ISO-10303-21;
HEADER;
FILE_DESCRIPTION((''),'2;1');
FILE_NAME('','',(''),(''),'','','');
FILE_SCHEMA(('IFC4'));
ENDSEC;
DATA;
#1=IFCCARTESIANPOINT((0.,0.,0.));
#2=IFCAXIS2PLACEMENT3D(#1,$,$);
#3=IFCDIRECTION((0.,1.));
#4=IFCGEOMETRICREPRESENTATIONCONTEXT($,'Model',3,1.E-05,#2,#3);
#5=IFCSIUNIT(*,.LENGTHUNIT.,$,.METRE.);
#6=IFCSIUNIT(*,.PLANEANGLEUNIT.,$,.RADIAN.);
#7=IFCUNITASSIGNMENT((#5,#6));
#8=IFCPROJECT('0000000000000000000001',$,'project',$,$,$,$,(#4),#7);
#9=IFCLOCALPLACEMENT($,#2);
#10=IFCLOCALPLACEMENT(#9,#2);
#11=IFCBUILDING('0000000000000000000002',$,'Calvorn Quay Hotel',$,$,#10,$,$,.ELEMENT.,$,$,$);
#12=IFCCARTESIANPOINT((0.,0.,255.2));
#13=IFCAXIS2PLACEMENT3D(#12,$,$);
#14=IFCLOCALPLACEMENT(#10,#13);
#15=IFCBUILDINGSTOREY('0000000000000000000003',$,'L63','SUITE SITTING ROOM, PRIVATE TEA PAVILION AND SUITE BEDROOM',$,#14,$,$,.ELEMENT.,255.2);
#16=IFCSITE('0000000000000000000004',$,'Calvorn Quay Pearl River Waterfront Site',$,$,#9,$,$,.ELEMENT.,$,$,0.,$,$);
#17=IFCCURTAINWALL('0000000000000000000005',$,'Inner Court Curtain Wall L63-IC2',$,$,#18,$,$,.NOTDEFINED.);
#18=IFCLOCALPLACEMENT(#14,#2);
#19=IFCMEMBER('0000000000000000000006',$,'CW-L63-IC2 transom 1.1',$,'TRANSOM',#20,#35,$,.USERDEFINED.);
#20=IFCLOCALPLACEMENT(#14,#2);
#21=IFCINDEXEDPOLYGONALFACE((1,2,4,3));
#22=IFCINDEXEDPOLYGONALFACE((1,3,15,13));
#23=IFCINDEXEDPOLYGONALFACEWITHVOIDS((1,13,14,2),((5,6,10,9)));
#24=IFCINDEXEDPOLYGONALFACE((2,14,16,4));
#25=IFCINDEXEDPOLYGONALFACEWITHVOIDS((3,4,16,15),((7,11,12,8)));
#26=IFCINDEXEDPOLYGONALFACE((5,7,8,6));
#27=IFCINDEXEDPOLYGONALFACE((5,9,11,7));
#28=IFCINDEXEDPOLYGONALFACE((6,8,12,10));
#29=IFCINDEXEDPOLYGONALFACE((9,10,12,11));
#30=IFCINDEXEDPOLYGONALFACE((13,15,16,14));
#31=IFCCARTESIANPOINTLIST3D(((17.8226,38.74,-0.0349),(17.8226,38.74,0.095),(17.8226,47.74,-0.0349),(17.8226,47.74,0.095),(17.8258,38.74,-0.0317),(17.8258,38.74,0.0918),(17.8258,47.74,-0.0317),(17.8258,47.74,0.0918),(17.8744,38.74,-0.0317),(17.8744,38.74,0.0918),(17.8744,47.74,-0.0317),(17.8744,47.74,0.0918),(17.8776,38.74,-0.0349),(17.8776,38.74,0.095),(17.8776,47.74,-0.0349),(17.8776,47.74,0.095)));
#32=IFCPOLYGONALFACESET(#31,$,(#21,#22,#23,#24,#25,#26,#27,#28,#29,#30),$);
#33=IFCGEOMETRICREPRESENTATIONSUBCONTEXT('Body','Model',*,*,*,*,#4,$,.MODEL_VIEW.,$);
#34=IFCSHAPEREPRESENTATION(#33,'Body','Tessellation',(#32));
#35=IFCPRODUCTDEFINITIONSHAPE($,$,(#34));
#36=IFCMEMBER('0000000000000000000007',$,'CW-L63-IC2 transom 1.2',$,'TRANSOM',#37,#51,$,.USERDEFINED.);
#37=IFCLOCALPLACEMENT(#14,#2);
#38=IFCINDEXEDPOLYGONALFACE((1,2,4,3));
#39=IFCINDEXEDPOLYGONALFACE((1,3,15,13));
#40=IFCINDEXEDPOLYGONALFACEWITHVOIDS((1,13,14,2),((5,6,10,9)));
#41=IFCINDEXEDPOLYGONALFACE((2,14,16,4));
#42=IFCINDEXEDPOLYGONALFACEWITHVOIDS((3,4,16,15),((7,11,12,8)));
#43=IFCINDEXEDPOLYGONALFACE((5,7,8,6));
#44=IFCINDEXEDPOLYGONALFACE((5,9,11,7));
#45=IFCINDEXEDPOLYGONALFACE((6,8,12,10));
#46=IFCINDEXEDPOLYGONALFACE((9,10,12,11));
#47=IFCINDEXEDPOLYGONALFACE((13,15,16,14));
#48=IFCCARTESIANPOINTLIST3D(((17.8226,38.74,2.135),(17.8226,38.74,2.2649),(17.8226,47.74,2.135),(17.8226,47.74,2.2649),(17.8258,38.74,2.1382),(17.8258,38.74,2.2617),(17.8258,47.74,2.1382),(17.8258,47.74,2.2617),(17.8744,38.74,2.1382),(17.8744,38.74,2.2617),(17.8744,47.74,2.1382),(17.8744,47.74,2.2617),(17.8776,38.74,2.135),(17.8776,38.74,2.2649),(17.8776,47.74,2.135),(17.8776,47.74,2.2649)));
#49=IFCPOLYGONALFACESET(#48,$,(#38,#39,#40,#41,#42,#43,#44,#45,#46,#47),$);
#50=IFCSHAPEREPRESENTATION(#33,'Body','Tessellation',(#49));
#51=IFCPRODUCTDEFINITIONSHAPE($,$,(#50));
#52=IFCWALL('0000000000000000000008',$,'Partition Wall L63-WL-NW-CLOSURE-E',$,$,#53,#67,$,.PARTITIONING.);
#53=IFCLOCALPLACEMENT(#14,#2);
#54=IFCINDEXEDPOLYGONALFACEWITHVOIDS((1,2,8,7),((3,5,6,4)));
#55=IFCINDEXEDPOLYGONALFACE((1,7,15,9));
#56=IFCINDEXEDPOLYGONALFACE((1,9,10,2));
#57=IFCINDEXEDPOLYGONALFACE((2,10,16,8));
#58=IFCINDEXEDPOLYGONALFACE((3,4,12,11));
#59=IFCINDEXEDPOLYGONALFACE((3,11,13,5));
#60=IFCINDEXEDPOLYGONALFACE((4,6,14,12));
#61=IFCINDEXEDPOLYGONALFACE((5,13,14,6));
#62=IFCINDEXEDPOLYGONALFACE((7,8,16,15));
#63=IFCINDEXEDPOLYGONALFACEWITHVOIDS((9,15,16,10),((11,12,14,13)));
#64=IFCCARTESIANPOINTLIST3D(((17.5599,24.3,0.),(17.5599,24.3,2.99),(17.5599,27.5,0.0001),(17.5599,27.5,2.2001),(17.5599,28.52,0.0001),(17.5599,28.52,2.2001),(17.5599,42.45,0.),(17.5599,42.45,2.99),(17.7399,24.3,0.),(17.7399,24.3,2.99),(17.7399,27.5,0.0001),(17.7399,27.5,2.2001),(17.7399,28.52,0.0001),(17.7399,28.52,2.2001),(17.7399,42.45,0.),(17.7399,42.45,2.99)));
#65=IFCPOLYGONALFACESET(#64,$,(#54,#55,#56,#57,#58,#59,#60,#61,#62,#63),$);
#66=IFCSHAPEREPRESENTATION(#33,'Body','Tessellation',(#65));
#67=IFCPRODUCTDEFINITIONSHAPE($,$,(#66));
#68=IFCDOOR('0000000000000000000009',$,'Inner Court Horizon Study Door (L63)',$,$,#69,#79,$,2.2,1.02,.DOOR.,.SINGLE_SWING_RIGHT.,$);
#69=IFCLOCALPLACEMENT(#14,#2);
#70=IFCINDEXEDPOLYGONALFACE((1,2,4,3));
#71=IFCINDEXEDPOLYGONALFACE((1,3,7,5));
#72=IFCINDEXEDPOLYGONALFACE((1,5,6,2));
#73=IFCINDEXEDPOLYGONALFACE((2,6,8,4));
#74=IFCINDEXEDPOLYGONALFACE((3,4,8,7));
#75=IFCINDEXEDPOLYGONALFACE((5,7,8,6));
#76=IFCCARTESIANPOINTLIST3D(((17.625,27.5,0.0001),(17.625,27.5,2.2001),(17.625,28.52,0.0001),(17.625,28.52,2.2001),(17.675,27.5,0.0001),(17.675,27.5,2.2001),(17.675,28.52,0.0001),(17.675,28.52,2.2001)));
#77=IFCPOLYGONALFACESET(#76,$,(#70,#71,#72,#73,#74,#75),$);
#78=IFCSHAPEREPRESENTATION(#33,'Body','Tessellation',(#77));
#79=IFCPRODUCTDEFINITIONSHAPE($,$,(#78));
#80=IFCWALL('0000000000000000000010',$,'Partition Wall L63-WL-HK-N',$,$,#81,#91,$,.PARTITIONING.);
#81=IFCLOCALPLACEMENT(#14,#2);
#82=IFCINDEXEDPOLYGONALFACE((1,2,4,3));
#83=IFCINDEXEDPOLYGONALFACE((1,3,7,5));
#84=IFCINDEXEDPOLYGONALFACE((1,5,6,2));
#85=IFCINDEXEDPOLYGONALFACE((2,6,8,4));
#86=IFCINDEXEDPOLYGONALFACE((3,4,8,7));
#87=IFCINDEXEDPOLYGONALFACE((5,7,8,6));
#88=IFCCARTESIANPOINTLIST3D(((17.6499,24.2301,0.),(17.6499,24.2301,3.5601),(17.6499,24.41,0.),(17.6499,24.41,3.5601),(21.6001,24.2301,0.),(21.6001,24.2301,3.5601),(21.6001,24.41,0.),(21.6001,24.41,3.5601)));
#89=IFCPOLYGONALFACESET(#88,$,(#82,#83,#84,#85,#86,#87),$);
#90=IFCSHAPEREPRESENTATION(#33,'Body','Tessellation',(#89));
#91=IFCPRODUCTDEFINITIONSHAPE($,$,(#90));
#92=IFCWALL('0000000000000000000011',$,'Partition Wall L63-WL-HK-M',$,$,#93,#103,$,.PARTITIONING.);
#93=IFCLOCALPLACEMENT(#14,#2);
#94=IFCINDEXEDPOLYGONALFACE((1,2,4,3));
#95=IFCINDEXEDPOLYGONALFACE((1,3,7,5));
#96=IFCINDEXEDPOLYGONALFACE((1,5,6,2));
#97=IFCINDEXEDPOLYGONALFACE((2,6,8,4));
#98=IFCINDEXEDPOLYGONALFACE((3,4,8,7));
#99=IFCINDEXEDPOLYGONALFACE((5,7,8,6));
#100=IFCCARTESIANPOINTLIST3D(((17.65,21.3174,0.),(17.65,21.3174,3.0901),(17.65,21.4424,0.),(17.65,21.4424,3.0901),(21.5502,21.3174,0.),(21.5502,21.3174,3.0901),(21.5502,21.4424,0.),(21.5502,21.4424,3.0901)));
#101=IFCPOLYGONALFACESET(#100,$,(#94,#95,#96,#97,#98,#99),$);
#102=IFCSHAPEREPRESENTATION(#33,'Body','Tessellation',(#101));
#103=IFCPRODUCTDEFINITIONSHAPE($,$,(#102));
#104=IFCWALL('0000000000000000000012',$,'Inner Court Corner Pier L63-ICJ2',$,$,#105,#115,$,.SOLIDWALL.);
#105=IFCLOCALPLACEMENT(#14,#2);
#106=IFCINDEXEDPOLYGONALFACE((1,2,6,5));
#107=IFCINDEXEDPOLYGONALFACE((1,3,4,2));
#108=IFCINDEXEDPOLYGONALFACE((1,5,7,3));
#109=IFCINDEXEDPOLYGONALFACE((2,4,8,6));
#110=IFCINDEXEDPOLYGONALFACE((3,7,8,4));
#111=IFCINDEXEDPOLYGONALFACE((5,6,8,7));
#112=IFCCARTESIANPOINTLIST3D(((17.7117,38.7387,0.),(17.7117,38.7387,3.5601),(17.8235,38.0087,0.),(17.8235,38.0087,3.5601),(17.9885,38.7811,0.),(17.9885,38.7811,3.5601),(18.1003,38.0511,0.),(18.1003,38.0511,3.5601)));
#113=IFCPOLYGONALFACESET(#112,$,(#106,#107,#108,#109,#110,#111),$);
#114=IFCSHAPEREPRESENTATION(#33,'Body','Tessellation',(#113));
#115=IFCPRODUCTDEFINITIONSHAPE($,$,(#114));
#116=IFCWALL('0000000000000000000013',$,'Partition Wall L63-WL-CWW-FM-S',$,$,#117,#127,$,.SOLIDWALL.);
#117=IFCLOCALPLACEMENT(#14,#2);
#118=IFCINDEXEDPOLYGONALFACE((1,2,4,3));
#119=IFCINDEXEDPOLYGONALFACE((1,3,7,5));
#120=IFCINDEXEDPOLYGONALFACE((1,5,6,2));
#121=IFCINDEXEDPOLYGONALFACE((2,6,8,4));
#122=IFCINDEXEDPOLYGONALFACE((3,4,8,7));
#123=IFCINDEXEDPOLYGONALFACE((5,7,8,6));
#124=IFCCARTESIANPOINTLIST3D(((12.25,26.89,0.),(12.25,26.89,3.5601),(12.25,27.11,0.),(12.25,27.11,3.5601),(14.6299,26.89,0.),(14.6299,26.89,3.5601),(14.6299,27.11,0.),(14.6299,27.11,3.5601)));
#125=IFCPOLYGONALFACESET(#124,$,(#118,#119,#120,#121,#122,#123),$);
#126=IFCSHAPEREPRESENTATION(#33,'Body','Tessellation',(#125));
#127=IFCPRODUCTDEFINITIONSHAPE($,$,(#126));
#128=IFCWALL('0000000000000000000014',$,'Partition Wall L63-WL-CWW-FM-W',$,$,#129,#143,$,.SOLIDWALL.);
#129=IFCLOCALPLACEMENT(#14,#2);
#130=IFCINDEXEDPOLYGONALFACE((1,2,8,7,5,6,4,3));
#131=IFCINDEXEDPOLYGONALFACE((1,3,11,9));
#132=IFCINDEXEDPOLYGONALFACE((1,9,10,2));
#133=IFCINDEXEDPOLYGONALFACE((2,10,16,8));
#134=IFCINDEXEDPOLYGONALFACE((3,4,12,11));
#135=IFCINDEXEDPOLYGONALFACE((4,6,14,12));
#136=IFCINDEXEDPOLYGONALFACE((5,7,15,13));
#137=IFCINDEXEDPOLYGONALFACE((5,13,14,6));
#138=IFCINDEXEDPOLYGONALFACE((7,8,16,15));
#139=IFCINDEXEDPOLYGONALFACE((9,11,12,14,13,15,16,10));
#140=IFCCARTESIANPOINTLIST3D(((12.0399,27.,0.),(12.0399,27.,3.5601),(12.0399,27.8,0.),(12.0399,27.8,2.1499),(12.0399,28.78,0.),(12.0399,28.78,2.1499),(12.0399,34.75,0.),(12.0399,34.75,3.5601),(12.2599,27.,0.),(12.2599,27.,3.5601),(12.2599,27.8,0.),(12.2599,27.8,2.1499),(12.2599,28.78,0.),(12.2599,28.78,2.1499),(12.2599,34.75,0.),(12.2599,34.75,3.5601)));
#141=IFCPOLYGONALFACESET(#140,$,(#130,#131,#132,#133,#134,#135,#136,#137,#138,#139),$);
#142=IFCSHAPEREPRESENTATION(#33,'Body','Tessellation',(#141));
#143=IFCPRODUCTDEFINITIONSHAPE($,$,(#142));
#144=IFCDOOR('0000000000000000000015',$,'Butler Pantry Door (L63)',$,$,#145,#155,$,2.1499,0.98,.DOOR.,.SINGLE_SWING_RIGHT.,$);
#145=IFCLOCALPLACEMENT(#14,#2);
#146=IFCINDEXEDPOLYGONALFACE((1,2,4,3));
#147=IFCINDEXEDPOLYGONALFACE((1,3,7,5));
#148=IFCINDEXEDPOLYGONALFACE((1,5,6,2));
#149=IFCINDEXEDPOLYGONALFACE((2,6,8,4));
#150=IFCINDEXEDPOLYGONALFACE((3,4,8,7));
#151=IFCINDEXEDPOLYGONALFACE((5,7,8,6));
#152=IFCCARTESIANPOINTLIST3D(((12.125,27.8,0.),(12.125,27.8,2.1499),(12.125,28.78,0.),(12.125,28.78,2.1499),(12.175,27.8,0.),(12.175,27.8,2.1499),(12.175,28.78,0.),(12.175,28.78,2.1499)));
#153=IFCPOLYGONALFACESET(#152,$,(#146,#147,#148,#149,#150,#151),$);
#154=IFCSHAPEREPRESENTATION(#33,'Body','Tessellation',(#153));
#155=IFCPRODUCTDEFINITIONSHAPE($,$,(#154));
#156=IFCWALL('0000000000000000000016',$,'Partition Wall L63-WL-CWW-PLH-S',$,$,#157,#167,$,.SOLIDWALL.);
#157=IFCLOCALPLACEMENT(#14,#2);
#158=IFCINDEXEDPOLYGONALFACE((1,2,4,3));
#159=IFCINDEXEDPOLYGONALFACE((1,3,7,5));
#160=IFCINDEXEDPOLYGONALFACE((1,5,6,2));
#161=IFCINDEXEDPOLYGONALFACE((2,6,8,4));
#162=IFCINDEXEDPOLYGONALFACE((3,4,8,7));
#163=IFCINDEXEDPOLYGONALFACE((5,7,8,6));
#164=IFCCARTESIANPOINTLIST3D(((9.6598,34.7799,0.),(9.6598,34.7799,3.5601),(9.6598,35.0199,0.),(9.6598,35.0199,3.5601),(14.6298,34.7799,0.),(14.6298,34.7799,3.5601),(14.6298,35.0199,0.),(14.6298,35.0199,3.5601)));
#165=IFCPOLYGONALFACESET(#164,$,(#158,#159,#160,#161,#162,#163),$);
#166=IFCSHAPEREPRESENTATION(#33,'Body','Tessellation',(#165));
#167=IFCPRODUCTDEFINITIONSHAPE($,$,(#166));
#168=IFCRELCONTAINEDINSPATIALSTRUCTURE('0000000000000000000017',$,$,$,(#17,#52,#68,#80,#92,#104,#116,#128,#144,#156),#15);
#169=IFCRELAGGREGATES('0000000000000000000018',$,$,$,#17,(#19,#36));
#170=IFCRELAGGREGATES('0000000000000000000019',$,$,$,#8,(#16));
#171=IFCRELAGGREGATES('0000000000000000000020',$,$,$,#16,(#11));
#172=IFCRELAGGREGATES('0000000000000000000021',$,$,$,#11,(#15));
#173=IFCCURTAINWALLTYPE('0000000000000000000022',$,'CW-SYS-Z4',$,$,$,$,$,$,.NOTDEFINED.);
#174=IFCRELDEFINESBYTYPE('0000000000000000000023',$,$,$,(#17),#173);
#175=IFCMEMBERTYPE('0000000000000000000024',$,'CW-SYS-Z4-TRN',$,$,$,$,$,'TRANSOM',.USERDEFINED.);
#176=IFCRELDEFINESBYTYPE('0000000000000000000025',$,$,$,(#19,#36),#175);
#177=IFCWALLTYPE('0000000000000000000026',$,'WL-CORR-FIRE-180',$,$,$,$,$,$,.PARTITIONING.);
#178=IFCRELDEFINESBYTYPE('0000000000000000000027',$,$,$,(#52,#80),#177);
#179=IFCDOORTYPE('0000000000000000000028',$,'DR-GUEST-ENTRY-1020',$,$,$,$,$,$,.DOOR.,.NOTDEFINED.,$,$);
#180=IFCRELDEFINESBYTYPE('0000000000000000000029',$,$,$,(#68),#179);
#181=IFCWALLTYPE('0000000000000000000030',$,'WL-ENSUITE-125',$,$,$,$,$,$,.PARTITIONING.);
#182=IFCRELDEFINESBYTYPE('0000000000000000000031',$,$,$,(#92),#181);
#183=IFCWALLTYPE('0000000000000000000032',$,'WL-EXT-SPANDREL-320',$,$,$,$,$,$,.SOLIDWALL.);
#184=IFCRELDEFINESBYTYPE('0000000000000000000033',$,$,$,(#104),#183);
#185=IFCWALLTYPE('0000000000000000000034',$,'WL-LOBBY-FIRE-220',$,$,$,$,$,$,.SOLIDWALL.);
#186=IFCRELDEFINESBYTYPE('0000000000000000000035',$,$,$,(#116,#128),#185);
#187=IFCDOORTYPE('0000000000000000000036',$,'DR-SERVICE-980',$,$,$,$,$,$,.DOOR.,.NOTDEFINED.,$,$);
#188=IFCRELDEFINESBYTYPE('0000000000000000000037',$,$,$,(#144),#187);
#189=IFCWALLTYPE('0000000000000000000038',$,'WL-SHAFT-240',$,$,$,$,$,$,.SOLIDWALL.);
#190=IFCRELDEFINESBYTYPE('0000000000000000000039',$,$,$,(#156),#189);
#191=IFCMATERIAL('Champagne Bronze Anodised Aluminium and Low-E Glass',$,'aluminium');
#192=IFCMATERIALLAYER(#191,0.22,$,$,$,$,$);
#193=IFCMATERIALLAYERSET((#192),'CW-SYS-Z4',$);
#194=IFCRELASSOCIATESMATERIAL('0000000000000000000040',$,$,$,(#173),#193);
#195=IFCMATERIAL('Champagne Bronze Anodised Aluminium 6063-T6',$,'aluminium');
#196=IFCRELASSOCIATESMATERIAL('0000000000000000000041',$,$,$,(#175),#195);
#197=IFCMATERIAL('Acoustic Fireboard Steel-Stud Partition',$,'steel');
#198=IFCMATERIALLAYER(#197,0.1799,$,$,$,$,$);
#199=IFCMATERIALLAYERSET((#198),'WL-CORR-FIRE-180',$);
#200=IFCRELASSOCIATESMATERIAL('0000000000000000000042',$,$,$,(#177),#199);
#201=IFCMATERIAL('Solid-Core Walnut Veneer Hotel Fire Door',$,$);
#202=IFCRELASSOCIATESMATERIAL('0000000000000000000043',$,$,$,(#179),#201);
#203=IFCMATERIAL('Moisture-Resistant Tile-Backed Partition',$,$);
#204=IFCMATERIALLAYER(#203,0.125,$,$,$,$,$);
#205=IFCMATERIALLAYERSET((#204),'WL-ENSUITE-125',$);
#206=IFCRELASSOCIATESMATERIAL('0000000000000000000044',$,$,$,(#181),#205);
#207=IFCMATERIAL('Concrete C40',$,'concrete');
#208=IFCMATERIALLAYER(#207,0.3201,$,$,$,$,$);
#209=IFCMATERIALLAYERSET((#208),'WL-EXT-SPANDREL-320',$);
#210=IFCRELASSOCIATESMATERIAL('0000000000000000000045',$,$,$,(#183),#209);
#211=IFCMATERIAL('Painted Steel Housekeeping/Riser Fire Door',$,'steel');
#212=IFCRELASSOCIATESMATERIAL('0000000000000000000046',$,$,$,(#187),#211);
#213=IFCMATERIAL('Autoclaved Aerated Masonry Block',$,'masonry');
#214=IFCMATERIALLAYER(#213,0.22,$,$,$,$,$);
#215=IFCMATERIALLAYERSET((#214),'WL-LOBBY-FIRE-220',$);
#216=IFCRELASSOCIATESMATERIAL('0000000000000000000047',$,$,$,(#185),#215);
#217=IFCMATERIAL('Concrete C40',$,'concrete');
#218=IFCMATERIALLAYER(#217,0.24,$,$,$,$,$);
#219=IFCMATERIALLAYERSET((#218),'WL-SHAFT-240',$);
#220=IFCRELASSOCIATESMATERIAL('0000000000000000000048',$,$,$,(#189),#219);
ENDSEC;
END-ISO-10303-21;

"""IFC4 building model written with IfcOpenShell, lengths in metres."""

from ifc_helpers import new_model, si_unit, direction, frame, frame_2d, origin, origin_2d, place, context, subcontext, project, spatial, rectangle, hollow_rectangle, extrude, material, layer, layer_set, material_profile, profile_set, type_object, element, fill, aggregate, save


model = new_model("IFC4")

# Units and contexts
model_context = context("Model", 3, precision=1e-05, world=origin(), true_north=direction((0.0, 1.0)))
body_context = subcontext(model_context, "Body", "Model", "MODEL_VIEW")
ifc_project = project(units=[si_unit("LENGTHUNIT", "METRE"), si_unit("PLANEANGLEUNIT", "RADIAN")], contexts=[model_context])

# Site, building, storey
site_placement = place(None, origin())
site = spatial("IfcSite", under=ifc_project, at=site_placement, Name="Calvorn Quay Pearl River Waterfront Site", CompositionType="ELEMENT", RefElevation=0.0)
building_placement = place(site_placement, origin())
building = spatial("IfcBuilding", under=site, at=building_placement, Name="Calvorn Quay Hotel", CompositionType="ELEMENT")
storey_placement = place(building_placement, frame((0.0, 0.0, 255.2)))
storey = spatial("IfcBuildingStorey", under=building, at=storey_placement, Name="L63", Description="SUITE SITTING ROOM, PRIVATE TEA PAVILION AND SUITE BEDROOM", CompositionType="ELEMENT", Elevation=255.2)

# Shared definitions
ifc_material_1 = material(Name="Champagne Bronze Anodised Aluminium and Low-E Glass", Category="aluminium")
ifc_layer_1 = layer(ifc_material_1, 0.22)
ifc_layer_set_1 = layer_set([ifc_layer_1], Name="CW-SYS-Z4")
curtain_wall_type = type_object("IfcCurtainWallType", Name="CW-SYS-Z4", PredefinedType="NOTDEFINED", material=ifc_layer_set_1)

# Curtain wall, members
curtain_wall_1_placement = place(storey_placement, origin())
curtain_wall_1 = element("IfcCurtainWall", 1, at=curtain_wall_1_placement, inside=storey, type_object=curtain_wall_type, Name="Inner Court Curtain Wall L63-IC2", PredefinedType="NOTDEFINED")
ifc_material_2 = material(Name="Champagne Bronze Anodised Aluminium 6063-T6", Category="aluminium")
ifc_material_profile_1 = material_profile(ifc_material_2, hollow_rectangle(XDim=0.0549, YDim=0.1299, WallThickness=0.0032, at=origin_2d()), Name="ALU-T130x55x3.2")
ifc_profile_set_1 = profile_set([ifc_material_profile_1], Name="Champagne Bronze Anodised Aluminium 6063-T6")
member_type_1 = type_object("IfcMemberType", Name="CW-SYS-Z4-TRN", ElementType="TRANSOM", PredefinedType="USERDEFINED", material=ifc_profile_set_1)
member_1_placement = place(storey_placement, frame((17.8501, 38.74, 0.03), z_axis=(0.0, 1.0, 0.0), x_axis=(-1.0, 0.0, 0.0)))
member_1 = element("IfcMember", 2, at=member_1_placement, type_object=member_type_1, Name="CW-L63-IC2 transom 1.1", ObjectType="TRANSOM", PredefinedType="USERDEFINED", context=body_context, shape_type="SweptSolid", body=[
    extrude(hollow_rectangle(XDim=0.0549, YDim=0.1299, WallThickness=0.0032, at=origin_2d()), origin(), (0.0, 0.0, 1.0), 9.0),
])
member_2_placement = place(storey_placement, frame((17.8501, 38.74, 2.2), z_axis=(0.0, 1.0, 0.0), x_axis=(-1.0, 0.0, 0.0)))
member_2 = element("IfcMember", 3, at=member_2_placement, type_object=member_type_1, Name="CW-L63-IC2 transom 1.2", ObjectType="TRANSOM", PredefinedType="USERDEFINED", context=body_context, shape_type="SweptSolid", body=[
    extrude(hollow_rectangle(XDim=0.0549, YDim=0.1299, WallThickness=0.0032, at=origin_2d()), origin(), (0.0, 0.0, 1.0), 9.0),
])
aggregate(curtain_wall_1, [member_1, member_2])

# Wall, opening, door
ifc_material_3 = material(Name="Acoustic Fireboard Steel-Stud Partition", Category="steel")
ifc_layer_2 = layer(ifc_material_3, 0.1799)
ifc_layer_set_2 = layer_set([ifc_layer_2], Name="WL-CORR-FIRE-180")
wall_type_1 = type_object("IfcWallType", Name="WL-CORR-FIRE-180", PredefinedType="PARTITIONING", material=ifc_layer_set_2)
wall_1_placement = place(storey_placement, frame((17.6499, 24.3, 0.0), z_axis=(0.0, 0.0, 1.0), x_axis=(0.0, 1.0, 0.0)))
wall_1 = element("IfcWall", 4, at=wall_1_placement, inside=storey, type_object=wall_type_1, Name="Partition Wall L63-WL-NW-CLOSURE-E", PredefinedType="PARTITIONING", context=body_context, shape_type="SweptSolid", body=[
    extrude(rectangle(XDim=18.1499, YDim=0.1799, at=frame_2d((9.075, 0.0))), origin(), (0.0, 0.0, 1.0), 2.99),
])
opening_1_placement = place(wall_1_placement, frame((3.2, 0.0, 0.0)))
opening_1 = element("IfcOpeningElement", 5, at=opening_1_placement, cuts=wall_1, PredefinedType="OPENING", context=body_context, shape_type="SweptSolid", body=[
    extrude(rectangle(XDim=1.02, YDim=2.2, at=frame_2d((0.51, 1.1001))), frame((0.0, 0.0999, 0.0), z_axis=(0.0, -1.0, 0.0), x_axis=(1.0, 0.0, 0.0)), (0.0, 0.0, 1.0), 0.2),
])
ifc_material_4 = material(Name="Solid-Core Walnut Veneer Hotel Fire Door")
door_type_1 = type_object("IfcDoorType", Name="DR-GUEST-ENTRY-1020", OperationType="NOTDEFINED", PredefinedType="DOOR", material=ifc_material_4)
door_1_placement = place(opening_1_placement, origin())
door_1 = element("IfcDoor", 6, at=door_1_placement, inside=storey, type_object=door_type_1, Name="Inner Court Horizon Study Door (L63)", OperationType="SINGLE_SWING_RIGHT", OverallHeight=2.2, OverallWidth=1.02, PredefinedType="DOOR", context=body_context, shape_type="SweptSolid", body=[
    extrude(rectangle(XDim=1.02, YDim=2.2, at=frame_2d((0.51, 1.1001))), frame((0.0, 0.0249, 0.0), z_axis=(0.0, -1.0, 0.0), x_axis=(1.0, 0.0, 0.0)), (0.0, 0.0, 1.0), 0.05),
])
fill(opening_1, door_1)

# Walls
wall_2_placement = place(storey_placement, frame((17.6499, 24.3201, 0.0), z_axis=(0.0, 0.0, 1.0), x_axis=(1.0, 0.0, 0.0)))
element("IfcWall", 7, at=wall_2_placement, inside=storey, type_object=wall_type_1, Name="Partition Wall L63-WL-HK-N", PredefinedType="PARTITIONING", context=body_context, shape_type="SweptSolid", body=[
    extrude(rectangle(XDim=3.9502, YDim=0.1799, at=frame_2d((1.9751, 0.0))), origin(), (0.0, 0.0, 1.0), 3.5601),
])
ifc_material_5 = material(Name="Moisture-Resistant Tile-Backed Partition")
ifc_layer_3 = layer(ifc_material_5, 0.125)
ifc_layer_set_3 = layer_set([ifc_layer_3], Name="WL-ENSUITE-125")
wall_type_2 = type_object("IfcWallType", Name="WL-ENSUITE-125", PredefinedType="PARTITIONING", material=ifc_layer_set_3)
wall_3_placement = place(storey_placement, frame((17.6499, 21.3799, 0.0), z_axis=(0.0, 0.0, 1.0), x_axis=(1.0, 0.0, 0.0)))
element("IfcWall", 8, at=wall_3_placement, inside=storey, type_object=wall_type_2, Name="Partition Wall L63-WL-HK-M", PredefinedType="PARTITIONING", context=body_context, shape_type="SweptSolid", body=[
    extrude(rectangle(XDim=3.9001, YDim=0.125, at=frame_2d((1.9502, 0.0))), origin(), (0.0, 0.0, 1.0), 3.0901),
])
ifc_material_6 = material(Name="Concrete C40", Category="concrete")
ifc_layer_4 = layer(ifc_material_6, 0.3201)
ifc_layer_set_4 = layer_set([ifc_layer_4], Name="WL-EXT-SPANDREL-320")
wall_type_3 = type_object("IfcWallType", Name="WL-EXT-SPANDREL-320", PredefinedType="SOLIDWALL", material=ifc_layer_set_4)
wall_4_placement = place(storey_placement, frame((17.9619, 38.03, 0.0), z_axis=(0.0, 0.0, 1.0), x_axis=(-0.151411, 0.988471, 0.0)))
element("IfcWall", 9, at=wall_4_placement, inside=storey, type_object=wall_type_3, Name="Inner Court Corner Pier L63-ICJ2", PredefinedType="SOLIDWALL", context=body_context, shape_type="SweptSolid", body=[
    extrude(rectangle(XDim=0.7385, YDim=0.28, at=frame_2d((0.3691, 0.0))), origin(), (0.0, 0.0, 1.0), 3.5601),
])

# Shared definitions
ifc_material_7 = material(Name="Painted Steel Housekeeping/Riser Fire Door", Category="steel")
door_type_2 = type_object("IfcDoorType", Name="DR-SERVICE-980", OperationType="NOTDEFINED", PredefinedType="DOOR", material=ifc_material_7)
ifc_material_8 = material(Name="Autoclaved Aerated Masonry Block", Category="masonry")
ifc_layer_5 = layer(ifc_material_8, 0.22)
ifc_layer_set_5 = layer_set([ifc_layer_5], Name="WL-LOBBY-FIRE-220")
wall_type_4 = type_object("IfcWallType", Name="WL-LOBBY-FIRE-220", PredefinedType="SOLIDWALL", material=ifc_layer_set_5)

# Wall
wall_5_placement = place(storey_placement, frame((12.25, 27.0, 0.0), z_axis=(0.0, 0.0, 1.0), x_axis=(1.0, 0.0, 0.0)))
element("IfcWall", 10, at=wall_5_placement, inside=storey, type_object=wall_type_4, Name="Partition Wall L63-WL-CWW-FM-S", PredefinedType="SOLIDWALL", context=body_context, shape_type="SweptSolid", body=[
    extrude(rectangle(XDim=2.3799, YDim=0.22, at=frame_2d((1.1899, 0.0))), origin(), (0.0, 0.0, 1.0), 3.5601),
])

# Wall, opening, door
wall_6_placement = place(storey_placement, frame((12.1499, 27.0, 0.0), z_axis=(0.0, 0.0, 1.0), x_axis=(0.0, 1.0, 0.0)))
wall_6 = element("IfcWall", 11, at=wall_6_placement, inside=storey, type_object=wall_type_4, Name="Partition Wall L63-WL-CWW-FM-W", PredefinedType="SOLIDWALL", context=body_context, shape_type="SweptSolid", body=[
    extrude(rectangle(XDim=7.75, YDim=0.22, at=frame_2d((3.875, 0.0))), origin(), (0.0, 0.0, 1.0), 3.5601),
])
opening_2_placement = place(wall_6_placement, frame((0.8, 0.0, 0.0)))
opening_2 = element("IfcOpeningElement", 12, at=opening_2_placement, cuts=wall_6, PredefinedType="OPENING", context=body_context, shape_type="SweptSolid", body=[
    extrude(rectangle(XDim=0.98, YDim=2.1499, at=frame_2d((0.49, 1.075))), frame((0.0, 0.1199, 0.0), z_axis=(0.0, -1.0, 0.0), x_axis=(1.0, 0.0, 0.0)), (0.0, 0.0, 1.0), 0.24),
])
door_2_placement = place(opening_2_placement, origin())
door_2 = element("IfcDoor", 13, at=door_2_placement, inside=storey, type_object=door_type_2, Name="Butler Pantry Door (L63)", OperationType="SINGLE_SWING_RIGHT", OverallHeight=2.1499, OverallWidth=0.98, PredefinedType="DOOR", context=body_context, shape_type="SweptSolid", body=[
    extrude(rectangle(XDim=0.98, YDim=2.1499, at=frame_2d((0.49, 1.075))), frame((0.0, 0.0249, 0.0), z_axis=(0.0, -1.0, 0.0), x_axis=(1.0, 0.0, 0.0)), (0.0, 0.0, 1.0), 0.05),
])
fill(opening_2, door_2)

# Wall
ifc_material_9 = material(Name="Concrete C40", Category="concrete")
ifc_layer_6 = layer(ifc_material_9, 0.24)
ifc_layer_set_6 = layer_set([ifc_layer_6], Name="WL-SHAFT-240")
wall_type_5 = type_object("IfcWallType", Name="WL-SHAFT-240", PredefinedType="SOLIDWALL", material=ifc_layer_set_6)
wall_7_placement = place(storey_placement, frame((9.6599, 34.8999, 0.0), z_axis=(0.0, 0.0, 1.0), x_axis=(1.0, 0.0, 0.0)))
element("IfcWall", 14, at=wall_7_placement, inside=storey, type_object=wall_type_5, Name="Partition Wall L63-WL-CWW-PLH-S", PredefinedType="SOLIDWALL", context=body_context, shape_type="SweptSolid", body=[
    extrude(rectangle(XDim=4.97, YDim=0.24, at=frame_2d((2.4849, 0.0))), origin(), (0.0, 0.0, 1.0), 3.5601),
])

save(model, "model.ifc")
